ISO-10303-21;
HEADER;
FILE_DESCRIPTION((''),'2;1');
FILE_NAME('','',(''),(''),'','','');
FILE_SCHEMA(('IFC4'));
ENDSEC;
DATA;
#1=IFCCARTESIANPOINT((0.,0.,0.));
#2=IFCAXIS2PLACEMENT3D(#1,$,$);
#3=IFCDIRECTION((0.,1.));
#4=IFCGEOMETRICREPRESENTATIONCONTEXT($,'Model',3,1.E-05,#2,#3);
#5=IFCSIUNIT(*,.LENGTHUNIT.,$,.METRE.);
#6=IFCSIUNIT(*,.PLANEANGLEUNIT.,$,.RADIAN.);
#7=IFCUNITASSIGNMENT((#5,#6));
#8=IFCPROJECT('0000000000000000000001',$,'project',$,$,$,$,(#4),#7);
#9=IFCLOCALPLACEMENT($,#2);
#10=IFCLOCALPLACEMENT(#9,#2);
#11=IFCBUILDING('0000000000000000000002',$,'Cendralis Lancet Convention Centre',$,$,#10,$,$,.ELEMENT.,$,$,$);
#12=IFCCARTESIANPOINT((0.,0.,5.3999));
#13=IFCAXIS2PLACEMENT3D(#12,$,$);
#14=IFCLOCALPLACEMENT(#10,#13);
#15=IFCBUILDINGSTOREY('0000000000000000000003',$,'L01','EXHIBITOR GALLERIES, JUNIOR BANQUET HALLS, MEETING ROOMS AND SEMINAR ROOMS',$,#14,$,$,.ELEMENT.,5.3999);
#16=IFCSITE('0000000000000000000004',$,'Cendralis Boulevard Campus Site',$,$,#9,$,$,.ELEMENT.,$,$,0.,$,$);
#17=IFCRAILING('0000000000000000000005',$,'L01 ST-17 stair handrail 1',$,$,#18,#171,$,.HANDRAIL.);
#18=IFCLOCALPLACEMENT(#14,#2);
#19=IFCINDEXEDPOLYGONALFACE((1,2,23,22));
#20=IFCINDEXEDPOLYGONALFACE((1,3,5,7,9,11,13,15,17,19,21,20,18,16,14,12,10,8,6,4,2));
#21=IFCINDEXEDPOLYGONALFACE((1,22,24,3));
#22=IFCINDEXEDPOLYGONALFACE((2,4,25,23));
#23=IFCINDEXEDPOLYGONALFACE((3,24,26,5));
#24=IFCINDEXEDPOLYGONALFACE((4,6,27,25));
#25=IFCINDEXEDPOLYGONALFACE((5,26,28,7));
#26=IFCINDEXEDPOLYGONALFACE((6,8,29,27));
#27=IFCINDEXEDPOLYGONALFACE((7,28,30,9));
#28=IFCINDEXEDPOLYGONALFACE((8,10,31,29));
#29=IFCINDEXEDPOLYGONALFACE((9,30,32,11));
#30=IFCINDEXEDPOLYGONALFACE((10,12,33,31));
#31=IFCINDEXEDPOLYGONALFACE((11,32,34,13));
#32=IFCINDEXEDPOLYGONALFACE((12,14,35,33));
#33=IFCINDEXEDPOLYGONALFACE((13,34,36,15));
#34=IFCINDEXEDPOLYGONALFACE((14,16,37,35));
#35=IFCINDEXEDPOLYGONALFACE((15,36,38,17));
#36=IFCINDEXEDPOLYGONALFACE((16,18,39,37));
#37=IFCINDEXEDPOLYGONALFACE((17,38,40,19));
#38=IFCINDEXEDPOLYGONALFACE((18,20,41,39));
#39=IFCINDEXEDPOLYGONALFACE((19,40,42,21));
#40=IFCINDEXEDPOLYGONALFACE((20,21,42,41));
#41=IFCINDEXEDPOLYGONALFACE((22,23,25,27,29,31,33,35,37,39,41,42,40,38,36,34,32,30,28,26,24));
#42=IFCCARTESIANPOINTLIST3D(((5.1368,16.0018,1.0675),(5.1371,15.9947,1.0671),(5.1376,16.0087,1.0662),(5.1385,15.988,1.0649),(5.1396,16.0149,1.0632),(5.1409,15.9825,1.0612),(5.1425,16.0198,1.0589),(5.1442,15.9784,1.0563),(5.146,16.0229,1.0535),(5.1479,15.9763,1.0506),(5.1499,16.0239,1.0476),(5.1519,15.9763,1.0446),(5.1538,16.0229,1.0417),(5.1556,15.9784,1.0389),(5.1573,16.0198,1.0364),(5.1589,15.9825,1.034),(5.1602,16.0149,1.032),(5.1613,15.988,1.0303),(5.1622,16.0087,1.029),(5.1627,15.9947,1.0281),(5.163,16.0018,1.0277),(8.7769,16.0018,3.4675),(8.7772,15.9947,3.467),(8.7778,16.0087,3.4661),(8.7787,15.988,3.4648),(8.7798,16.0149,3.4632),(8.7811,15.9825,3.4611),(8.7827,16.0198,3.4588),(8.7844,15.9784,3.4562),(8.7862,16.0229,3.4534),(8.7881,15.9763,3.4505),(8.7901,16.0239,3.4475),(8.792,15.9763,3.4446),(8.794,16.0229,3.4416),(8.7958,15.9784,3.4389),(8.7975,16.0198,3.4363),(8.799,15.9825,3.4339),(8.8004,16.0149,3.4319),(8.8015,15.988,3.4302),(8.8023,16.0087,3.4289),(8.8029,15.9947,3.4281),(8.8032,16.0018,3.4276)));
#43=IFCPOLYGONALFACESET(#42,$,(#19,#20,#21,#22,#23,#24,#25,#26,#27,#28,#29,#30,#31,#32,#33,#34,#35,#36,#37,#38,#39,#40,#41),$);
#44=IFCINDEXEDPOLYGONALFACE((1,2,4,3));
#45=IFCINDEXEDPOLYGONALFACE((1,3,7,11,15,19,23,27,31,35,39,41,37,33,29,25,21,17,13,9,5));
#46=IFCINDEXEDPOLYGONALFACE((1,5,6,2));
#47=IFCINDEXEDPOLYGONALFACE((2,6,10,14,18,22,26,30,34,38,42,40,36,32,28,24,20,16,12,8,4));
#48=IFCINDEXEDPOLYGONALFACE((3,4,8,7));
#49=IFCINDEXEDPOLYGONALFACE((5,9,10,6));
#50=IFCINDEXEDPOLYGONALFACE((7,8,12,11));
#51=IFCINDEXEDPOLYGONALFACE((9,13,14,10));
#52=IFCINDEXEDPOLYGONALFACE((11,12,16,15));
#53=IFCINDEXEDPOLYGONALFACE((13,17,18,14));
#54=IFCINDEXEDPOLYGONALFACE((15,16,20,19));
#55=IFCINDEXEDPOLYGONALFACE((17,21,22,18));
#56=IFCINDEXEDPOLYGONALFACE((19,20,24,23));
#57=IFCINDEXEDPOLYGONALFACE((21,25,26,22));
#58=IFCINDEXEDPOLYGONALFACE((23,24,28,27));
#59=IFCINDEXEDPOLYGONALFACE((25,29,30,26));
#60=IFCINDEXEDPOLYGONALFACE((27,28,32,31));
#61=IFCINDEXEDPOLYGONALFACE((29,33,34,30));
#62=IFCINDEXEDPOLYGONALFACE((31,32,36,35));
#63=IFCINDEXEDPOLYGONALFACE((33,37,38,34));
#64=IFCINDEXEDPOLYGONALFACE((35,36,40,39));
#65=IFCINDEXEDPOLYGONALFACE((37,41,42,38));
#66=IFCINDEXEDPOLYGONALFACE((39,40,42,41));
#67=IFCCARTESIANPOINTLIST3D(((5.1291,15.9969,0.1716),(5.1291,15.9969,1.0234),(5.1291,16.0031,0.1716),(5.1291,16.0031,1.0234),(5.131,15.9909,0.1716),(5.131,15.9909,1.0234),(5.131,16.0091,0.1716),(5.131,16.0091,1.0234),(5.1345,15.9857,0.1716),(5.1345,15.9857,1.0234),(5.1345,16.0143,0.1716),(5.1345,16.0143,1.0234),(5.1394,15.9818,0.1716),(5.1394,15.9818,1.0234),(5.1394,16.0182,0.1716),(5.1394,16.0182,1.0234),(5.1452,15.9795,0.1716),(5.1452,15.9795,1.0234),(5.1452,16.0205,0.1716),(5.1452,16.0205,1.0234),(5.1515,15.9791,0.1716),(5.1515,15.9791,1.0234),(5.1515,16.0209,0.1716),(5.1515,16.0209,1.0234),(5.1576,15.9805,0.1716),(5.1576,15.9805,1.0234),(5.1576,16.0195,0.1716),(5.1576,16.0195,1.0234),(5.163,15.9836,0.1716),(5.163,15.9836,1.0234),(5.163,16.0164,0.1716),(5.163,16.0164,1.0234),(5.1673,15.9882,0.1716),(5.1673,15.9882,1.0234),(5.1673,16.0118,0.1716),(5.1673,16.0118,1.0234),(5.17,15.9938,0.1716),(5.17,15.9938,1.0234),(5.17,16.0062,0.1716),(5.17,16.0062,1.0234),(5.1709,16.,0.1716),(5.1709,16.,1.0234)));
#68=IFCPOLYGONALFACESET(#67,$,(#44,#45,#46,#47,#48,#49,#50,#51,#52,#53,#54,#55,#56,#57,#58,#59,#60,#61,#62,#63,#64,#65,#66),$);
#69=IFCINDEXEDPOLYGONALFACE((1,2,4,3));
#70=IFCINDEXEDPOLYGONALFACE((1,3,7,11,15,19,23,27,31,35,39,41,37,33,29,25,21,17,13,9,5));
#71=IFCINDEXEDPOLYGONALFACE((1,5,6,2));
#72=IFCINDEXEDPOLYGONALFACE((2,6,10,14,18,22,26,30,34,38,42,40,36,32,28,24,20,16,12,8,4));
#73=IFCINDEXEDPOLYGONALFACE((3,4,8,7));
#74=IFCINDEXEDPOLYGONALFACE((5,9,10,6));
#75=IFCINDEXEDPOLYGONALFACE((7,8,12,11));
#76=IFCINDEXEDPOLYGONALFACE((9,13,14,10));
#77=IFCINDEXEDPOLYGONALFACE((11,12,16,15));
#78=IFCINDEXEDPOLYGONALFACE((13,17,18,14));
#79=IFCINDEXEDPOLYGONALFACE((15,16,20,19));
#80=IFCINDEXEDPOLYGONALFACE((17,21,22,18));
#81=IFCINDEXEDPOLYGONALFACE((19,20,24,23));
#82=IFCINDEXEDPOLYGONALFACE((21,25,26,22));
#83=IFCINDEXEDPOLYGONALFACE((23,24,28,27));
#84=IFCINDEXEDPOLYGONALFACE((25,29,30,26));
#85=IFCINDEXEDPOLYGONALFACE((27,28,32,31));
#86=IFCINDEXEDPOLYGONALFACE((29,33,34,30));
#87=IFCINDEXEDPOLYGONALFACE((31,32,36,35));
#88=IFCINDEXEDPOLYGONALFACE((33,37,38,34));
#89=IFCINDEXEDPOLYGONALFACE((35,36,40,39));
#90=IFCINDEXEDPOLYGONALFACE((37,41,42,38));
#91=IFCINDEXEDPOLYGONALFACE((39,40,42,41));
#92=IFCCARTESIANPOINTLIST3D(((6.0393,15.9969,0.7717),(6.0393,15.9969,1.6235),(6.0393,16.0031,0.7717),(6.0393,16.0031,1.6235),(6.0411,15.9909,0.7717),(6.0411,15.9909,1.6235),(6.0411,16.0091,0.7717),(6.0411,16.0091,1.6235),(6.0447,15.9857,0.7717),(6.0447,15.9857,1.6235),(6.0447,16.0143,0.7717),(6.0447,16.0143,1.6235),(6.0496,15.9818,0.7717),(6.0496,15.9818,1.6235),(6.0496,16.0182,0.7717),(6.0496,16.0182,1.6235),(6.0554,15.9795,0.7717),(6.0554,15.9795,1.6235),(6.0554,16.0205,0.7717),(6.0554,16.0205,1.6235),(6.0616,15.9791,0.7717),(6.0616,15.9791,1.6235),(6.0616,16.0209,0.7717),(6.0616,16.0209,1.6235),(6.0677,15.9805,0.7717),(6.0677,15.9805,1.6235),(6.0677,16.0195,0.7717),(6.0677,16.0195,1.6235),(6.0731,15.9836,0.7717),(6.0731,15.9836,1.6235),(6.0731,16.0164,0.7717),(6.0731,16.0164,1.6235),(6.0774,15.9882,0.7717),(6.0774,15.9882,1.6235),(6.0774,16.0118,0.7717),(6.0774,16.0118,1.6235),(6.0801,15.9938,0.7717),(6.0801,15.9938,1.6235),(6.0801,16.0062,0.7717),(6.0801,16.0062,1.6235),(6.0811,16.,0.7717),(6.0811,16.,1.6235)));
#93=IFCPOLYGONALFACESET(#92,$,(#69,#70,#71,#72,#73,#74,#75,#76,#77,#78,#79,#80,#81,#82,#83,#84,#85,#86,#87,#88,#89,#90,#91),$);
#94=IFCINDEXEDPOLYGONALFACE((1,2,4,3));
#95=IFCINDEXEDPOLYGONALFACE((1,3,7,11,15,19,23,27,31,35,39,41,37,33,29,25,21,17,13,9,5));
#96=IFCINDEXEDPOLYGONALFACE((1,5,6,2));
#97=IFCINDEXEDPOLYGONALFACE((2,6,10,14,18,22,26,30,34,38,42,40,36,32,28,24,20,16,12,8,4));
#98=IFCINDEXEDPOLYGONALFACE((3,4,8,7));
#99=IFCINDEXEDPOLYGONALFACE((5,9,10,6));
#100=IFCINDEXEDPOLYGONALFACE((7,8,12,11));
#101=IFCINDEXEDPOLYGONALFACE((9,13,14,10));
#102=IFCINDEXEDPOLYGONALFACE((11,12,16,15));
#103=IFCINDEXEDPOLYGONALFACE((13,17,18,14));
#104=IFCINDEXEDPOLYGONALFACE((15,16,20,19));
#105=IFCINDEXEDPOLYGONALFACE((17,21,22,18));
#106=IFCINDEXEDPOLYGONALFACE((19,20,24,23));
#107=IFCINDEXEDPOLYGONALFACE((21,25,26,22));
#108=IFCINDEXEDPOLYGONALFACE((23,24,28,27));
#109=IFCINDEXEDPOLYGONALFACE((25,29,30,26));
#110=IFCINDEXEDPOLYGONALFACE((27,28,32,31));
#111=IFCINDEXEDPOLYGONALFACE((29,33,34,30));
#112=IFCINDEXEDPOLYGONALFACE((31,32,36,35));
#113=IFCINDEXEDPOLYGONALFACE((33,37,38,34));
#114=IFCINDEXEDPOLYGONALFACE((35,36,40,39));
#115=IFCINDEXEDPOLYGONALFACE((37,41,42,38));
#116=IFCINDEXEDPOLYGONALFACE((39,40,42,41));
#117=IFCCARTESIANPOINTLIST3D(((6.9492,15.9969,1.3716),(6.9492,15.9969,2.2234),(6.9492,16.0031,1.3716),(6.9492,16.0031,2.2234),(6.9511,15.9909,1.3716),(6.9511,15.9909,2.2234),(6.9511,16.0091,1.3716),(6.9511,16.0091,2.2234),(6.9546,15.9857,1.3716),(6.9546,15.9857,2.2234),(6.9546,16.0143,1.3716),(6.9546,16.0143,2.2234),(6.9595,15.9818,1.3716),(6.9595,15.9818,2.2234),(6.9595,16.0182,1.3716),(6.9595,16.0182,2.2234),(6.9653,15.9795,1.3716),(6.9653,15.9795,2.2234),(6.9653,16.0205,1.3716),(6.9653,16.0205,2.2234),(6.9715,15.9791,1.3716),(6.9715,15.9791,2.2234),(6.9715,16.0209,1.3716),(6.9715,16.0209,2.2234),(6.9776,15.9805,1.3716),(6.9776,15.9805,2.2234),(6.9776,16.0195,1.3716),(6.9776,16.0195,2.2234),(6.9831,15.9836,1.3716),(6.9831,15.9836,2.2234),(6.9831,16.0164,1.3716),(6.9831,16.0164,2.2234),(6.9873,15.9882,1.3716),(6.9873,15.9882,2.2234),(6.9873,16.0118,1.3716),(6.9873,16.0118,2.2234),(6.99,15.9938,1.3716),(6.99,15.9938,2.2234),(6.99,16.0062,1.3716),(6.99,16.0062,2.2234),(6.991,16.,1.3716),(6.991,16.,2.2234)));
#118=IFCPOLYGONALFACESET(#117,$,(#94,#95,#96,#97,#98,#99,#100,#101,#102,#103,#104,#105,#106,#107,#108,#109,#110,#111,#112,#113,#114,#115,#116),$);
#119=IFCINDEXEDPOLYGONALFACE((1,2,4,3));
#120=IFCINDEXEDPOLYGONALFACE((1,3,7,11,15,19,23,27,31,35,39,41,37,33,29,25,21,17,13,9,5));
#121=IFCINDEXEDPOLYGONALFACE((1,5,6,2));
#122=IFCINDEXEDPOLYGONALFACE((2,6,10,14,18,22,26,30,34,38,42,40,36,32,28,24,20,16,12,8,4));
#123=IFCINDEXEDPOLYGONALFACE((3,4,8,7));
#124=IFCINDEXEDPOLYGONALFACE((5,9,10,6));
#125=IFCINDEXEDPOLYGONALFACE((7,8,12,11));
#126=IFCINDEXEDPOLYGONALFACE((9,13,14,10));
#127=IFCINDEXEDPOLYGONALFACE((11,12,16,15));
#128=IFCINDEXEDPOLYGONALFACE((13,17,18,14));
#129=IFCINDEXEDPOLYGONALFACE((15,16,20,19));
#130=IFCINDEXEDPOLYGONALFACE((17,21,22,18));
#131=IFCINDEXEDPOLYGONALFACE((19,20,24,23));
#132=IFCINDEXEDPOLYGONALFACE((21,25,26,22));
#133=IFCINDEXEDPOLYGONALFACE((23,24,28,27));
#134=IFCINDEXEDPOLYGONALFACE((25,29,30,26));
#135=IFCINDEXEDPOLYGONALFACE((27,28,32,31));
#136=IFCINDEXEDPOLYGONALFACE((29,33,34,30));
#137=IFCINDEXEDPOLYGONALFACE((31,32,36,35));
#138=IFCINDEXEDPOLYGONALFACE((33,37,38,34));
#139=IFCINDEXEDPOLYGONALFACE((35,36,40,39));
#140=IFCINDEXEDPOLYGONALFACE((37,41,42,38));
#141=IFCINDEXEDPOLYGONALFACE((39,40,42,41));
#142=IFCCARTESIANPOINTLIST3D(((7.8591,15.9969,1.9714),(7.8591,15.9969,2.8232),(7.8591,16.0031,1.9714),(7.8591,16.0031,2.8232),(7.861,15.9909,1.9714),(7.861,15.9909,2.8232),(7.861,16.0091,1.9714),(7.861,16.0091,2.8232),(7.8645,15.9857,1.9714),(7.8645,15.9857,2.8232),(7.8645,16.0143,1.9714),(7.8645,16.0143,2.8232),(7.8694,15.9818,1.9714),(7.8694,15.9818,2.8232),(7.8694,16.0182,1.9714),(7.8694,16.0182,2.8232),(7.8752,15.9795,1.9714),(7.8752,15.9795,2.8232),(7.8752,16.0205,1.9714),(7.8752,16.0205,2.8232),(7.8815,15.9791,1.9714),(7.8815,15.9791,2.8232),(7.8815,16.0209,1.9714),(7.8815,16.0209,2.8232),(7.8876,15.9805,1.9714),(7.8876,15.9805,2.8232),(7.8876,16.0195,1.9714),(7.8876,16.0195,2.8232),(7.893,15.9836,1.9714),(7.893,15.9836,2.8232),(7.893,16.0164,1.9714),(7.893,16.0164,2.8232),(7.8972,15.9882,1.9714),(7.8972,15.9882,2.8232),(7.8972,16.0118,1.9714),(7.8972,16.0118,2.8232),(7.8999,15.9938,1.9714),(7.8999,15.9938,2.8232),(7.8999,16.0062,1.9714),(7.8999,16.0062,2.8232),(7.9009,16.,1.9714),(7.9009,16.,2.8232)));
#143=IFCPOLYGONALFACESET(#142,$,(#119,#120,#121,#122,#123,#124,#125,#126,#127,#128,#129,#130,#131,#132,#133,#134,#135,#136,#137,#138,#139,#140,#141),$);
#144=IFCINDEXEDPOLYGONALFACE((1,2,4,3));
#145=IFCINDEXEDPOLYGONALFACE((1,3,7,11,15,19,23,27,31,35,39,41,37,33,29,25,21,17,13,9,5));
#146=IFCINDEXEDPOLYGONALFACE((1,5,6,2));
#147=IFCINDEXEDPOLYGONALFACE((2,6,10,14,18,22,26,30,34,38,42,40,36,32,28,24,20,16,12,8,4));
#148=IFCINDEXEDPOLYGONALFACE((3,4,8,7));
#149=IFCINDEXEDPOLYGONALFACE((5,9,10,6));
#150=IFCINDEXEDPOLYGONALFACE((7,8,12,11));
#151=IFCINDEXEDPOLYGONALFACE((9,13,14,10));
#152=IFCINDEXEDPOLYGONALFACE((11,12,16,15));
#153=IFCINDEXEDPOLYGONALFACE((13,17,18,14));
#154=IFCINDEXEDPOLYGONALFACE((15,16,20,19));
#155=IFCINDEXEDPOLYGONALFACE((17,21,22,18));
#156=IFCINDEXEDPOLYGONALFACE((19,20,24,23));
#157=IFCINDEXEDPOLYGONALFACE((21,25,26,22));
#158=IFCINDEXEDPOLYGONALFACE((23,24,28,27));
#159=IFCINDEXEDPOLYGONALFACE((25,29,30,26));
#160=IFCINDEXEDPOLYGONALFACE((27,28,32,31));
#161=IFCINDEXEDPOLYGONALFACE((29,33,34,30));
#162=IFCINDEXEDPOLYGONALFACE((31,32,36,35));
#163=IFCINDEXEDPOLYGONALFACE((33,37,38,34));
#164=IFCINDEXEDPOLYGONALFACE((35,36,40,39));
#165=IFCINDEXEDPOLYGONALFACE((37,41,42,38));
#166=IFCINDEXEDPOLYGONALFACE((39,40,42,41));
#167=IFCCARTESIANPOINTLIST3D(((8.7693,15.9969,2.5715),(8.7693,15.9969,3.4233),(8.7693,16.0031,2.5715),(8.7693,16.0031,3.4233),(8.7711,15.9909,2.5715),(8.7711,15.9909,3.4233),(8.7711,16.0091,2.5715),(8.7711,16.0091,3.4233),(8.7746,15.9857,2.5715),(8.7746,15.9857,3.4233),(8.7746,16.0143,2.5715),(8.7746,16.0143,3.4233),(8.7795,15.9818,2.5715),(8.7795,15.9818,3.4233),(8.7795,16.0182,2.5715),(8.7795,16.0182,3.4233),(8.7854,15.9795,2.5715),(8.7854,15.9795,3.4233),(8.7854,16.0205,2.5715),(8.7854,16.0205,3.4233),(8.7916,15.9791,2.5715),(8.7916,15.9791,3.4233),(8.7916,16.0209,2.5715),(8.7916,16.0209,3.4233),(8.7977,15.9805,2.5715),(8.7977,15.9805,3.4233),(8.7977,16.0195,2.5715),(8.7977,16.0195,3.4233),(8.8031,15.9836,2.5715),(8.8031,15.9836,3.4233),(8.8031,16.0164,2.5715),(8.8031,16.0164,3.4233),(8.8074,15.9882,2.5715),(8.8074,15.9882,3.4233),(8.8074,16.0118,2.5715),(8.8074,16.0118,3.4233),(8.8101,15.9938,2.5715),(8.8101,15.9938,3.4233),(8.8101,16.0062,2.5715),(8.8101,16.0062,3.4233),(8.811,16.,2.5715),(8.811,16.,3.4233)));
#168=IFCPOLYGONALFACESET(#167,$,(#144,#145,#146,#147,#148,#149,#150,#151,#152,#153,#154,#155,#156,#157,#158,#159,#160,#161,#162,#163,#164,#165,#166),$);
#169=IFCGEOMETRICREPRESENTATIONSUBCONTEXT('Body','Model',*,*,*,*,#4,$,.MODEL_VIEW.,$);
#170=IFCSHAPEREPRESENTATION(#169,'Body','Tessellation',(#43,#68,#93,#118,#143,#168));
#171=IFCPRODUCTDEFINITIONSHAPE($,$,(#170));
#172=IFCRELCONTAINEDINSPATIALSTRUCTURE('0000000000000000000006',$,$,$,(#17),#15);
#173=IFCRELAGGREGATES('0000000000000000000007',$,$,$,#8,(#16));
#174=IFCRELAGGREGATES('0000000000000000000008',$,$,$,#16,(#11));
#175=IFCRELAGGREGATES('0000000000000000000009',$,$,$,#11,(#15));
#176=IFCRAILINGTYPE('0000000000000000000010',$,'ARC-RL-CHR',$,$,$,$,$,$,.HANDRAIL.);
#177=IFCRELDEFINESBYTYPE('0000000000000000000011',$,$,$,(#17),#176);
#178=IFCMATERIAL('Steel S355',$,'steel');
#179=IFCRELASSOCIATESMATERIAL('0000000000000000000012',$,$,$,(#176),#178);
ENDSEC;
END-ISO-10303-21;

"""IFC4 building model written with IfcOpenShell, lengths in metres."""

from ifc_helpers import new_model, si_unit, direction, frame, origin, origin_2d, place, context, subcontext, project, spatial, circle, extrude, material, type_object, element, save


model = new_model("IFC4")

# Units and contexts
model_context = context("Model", 3, precision=1e-05, world=origin(), true_north=direction((0.0, 1.0)))
body_context = subcontext(model_context, "Body", "Model", "MODEL_VIEW")
ifc_project = project(units=[si_unit("LENGTHUNIT", "METRE"), si_unit("PLANEANGLEUNIT", "RADIAN")], contexts=[model_context])

# Site, building, storey
site_placement = place(None, origin())
site = spatial("IfcSite", under=ifc_project, at=site_placement, Name="Cendralis Boulevard Campus Site", CompositionType="ELEMENT", RefElevation=0.0)
building_placement = place(site_placement, origin())
building = spatial("IfcBuilding", under=site, at=building_placement, Name="Cendralis Lancet Convention Centre", CompositionType="ELEMENT")
storey_placement = place(building_placement, frame((0.0, 0.0, 5.3999)))
storey = spatial("IfcBuildingStorey", under=building, at=storey_placement, Name="L01", Description="EXHIBITOR GALLERIES, JUNIOR BANQUET HALLS, MEETING ROOMS AND SEMINAR ROOMS", CompositionType="ELEMENT", Elevation=5.3999)

# Shared definitions
ifc_material_1 = material(Name="Steel S355", Category="steel")

# Railing
railing_type_1 = type_object("IfcRailingType", Name="ARC-RL-CHR", PredefinedType="HANDRAIL", material=ifc_material_1)
railing_1_placement = place(storey_placement, frame((5.1499, 16.0, 0.1716)))
element("IfcRailing", 1, at=railing_1_placement, inside=storey, type_object=railing_type_1, Name="L01 ST-17 stair handrail 1", PredefinedType="HANDRAIL", context=body_context, shape_type="SweptSolid", body=[
    extrude(circle(Radius=0.0239, at=origin_2d()), frame((0.0, 0.0, 0.876), z_axis=(0.834882, 0.0, 0.550429), x_axis=(0.0, 1.0, 0.0)), (0.0, 0.0, 1.0), 4.3601),
    extrude(circle(Radius=0.021, at=origin_2d()), origin(), (0.0, 0.0, 1.0), 0.8518),
    extrude(circle(Radius=0.021, at=origin_2d()), frame((0.9102, 0.0, 0.6001)), (0.0, 0.0, 1.0), 0.8518),
    extrude(circle(Radius=0.021, at=origin_2d()), frame((1.8201, 0.0, 1.2)), (0.0, 0.0, 1.0), 0.8518),
    extrude(circle(Radius=0.021, at=origin_2d()), frame((2.73, 0.0, 1.7998)), (0.0, 0.0, 1.0), 0.8518),
    extrude(circle(Radius=0.021, at=origin_2d()), frame((3.6401, 0.0, 2.3999)), (0.0, 0.0, 1.0), 0.8518),
])

save(model, "model.ifc")
